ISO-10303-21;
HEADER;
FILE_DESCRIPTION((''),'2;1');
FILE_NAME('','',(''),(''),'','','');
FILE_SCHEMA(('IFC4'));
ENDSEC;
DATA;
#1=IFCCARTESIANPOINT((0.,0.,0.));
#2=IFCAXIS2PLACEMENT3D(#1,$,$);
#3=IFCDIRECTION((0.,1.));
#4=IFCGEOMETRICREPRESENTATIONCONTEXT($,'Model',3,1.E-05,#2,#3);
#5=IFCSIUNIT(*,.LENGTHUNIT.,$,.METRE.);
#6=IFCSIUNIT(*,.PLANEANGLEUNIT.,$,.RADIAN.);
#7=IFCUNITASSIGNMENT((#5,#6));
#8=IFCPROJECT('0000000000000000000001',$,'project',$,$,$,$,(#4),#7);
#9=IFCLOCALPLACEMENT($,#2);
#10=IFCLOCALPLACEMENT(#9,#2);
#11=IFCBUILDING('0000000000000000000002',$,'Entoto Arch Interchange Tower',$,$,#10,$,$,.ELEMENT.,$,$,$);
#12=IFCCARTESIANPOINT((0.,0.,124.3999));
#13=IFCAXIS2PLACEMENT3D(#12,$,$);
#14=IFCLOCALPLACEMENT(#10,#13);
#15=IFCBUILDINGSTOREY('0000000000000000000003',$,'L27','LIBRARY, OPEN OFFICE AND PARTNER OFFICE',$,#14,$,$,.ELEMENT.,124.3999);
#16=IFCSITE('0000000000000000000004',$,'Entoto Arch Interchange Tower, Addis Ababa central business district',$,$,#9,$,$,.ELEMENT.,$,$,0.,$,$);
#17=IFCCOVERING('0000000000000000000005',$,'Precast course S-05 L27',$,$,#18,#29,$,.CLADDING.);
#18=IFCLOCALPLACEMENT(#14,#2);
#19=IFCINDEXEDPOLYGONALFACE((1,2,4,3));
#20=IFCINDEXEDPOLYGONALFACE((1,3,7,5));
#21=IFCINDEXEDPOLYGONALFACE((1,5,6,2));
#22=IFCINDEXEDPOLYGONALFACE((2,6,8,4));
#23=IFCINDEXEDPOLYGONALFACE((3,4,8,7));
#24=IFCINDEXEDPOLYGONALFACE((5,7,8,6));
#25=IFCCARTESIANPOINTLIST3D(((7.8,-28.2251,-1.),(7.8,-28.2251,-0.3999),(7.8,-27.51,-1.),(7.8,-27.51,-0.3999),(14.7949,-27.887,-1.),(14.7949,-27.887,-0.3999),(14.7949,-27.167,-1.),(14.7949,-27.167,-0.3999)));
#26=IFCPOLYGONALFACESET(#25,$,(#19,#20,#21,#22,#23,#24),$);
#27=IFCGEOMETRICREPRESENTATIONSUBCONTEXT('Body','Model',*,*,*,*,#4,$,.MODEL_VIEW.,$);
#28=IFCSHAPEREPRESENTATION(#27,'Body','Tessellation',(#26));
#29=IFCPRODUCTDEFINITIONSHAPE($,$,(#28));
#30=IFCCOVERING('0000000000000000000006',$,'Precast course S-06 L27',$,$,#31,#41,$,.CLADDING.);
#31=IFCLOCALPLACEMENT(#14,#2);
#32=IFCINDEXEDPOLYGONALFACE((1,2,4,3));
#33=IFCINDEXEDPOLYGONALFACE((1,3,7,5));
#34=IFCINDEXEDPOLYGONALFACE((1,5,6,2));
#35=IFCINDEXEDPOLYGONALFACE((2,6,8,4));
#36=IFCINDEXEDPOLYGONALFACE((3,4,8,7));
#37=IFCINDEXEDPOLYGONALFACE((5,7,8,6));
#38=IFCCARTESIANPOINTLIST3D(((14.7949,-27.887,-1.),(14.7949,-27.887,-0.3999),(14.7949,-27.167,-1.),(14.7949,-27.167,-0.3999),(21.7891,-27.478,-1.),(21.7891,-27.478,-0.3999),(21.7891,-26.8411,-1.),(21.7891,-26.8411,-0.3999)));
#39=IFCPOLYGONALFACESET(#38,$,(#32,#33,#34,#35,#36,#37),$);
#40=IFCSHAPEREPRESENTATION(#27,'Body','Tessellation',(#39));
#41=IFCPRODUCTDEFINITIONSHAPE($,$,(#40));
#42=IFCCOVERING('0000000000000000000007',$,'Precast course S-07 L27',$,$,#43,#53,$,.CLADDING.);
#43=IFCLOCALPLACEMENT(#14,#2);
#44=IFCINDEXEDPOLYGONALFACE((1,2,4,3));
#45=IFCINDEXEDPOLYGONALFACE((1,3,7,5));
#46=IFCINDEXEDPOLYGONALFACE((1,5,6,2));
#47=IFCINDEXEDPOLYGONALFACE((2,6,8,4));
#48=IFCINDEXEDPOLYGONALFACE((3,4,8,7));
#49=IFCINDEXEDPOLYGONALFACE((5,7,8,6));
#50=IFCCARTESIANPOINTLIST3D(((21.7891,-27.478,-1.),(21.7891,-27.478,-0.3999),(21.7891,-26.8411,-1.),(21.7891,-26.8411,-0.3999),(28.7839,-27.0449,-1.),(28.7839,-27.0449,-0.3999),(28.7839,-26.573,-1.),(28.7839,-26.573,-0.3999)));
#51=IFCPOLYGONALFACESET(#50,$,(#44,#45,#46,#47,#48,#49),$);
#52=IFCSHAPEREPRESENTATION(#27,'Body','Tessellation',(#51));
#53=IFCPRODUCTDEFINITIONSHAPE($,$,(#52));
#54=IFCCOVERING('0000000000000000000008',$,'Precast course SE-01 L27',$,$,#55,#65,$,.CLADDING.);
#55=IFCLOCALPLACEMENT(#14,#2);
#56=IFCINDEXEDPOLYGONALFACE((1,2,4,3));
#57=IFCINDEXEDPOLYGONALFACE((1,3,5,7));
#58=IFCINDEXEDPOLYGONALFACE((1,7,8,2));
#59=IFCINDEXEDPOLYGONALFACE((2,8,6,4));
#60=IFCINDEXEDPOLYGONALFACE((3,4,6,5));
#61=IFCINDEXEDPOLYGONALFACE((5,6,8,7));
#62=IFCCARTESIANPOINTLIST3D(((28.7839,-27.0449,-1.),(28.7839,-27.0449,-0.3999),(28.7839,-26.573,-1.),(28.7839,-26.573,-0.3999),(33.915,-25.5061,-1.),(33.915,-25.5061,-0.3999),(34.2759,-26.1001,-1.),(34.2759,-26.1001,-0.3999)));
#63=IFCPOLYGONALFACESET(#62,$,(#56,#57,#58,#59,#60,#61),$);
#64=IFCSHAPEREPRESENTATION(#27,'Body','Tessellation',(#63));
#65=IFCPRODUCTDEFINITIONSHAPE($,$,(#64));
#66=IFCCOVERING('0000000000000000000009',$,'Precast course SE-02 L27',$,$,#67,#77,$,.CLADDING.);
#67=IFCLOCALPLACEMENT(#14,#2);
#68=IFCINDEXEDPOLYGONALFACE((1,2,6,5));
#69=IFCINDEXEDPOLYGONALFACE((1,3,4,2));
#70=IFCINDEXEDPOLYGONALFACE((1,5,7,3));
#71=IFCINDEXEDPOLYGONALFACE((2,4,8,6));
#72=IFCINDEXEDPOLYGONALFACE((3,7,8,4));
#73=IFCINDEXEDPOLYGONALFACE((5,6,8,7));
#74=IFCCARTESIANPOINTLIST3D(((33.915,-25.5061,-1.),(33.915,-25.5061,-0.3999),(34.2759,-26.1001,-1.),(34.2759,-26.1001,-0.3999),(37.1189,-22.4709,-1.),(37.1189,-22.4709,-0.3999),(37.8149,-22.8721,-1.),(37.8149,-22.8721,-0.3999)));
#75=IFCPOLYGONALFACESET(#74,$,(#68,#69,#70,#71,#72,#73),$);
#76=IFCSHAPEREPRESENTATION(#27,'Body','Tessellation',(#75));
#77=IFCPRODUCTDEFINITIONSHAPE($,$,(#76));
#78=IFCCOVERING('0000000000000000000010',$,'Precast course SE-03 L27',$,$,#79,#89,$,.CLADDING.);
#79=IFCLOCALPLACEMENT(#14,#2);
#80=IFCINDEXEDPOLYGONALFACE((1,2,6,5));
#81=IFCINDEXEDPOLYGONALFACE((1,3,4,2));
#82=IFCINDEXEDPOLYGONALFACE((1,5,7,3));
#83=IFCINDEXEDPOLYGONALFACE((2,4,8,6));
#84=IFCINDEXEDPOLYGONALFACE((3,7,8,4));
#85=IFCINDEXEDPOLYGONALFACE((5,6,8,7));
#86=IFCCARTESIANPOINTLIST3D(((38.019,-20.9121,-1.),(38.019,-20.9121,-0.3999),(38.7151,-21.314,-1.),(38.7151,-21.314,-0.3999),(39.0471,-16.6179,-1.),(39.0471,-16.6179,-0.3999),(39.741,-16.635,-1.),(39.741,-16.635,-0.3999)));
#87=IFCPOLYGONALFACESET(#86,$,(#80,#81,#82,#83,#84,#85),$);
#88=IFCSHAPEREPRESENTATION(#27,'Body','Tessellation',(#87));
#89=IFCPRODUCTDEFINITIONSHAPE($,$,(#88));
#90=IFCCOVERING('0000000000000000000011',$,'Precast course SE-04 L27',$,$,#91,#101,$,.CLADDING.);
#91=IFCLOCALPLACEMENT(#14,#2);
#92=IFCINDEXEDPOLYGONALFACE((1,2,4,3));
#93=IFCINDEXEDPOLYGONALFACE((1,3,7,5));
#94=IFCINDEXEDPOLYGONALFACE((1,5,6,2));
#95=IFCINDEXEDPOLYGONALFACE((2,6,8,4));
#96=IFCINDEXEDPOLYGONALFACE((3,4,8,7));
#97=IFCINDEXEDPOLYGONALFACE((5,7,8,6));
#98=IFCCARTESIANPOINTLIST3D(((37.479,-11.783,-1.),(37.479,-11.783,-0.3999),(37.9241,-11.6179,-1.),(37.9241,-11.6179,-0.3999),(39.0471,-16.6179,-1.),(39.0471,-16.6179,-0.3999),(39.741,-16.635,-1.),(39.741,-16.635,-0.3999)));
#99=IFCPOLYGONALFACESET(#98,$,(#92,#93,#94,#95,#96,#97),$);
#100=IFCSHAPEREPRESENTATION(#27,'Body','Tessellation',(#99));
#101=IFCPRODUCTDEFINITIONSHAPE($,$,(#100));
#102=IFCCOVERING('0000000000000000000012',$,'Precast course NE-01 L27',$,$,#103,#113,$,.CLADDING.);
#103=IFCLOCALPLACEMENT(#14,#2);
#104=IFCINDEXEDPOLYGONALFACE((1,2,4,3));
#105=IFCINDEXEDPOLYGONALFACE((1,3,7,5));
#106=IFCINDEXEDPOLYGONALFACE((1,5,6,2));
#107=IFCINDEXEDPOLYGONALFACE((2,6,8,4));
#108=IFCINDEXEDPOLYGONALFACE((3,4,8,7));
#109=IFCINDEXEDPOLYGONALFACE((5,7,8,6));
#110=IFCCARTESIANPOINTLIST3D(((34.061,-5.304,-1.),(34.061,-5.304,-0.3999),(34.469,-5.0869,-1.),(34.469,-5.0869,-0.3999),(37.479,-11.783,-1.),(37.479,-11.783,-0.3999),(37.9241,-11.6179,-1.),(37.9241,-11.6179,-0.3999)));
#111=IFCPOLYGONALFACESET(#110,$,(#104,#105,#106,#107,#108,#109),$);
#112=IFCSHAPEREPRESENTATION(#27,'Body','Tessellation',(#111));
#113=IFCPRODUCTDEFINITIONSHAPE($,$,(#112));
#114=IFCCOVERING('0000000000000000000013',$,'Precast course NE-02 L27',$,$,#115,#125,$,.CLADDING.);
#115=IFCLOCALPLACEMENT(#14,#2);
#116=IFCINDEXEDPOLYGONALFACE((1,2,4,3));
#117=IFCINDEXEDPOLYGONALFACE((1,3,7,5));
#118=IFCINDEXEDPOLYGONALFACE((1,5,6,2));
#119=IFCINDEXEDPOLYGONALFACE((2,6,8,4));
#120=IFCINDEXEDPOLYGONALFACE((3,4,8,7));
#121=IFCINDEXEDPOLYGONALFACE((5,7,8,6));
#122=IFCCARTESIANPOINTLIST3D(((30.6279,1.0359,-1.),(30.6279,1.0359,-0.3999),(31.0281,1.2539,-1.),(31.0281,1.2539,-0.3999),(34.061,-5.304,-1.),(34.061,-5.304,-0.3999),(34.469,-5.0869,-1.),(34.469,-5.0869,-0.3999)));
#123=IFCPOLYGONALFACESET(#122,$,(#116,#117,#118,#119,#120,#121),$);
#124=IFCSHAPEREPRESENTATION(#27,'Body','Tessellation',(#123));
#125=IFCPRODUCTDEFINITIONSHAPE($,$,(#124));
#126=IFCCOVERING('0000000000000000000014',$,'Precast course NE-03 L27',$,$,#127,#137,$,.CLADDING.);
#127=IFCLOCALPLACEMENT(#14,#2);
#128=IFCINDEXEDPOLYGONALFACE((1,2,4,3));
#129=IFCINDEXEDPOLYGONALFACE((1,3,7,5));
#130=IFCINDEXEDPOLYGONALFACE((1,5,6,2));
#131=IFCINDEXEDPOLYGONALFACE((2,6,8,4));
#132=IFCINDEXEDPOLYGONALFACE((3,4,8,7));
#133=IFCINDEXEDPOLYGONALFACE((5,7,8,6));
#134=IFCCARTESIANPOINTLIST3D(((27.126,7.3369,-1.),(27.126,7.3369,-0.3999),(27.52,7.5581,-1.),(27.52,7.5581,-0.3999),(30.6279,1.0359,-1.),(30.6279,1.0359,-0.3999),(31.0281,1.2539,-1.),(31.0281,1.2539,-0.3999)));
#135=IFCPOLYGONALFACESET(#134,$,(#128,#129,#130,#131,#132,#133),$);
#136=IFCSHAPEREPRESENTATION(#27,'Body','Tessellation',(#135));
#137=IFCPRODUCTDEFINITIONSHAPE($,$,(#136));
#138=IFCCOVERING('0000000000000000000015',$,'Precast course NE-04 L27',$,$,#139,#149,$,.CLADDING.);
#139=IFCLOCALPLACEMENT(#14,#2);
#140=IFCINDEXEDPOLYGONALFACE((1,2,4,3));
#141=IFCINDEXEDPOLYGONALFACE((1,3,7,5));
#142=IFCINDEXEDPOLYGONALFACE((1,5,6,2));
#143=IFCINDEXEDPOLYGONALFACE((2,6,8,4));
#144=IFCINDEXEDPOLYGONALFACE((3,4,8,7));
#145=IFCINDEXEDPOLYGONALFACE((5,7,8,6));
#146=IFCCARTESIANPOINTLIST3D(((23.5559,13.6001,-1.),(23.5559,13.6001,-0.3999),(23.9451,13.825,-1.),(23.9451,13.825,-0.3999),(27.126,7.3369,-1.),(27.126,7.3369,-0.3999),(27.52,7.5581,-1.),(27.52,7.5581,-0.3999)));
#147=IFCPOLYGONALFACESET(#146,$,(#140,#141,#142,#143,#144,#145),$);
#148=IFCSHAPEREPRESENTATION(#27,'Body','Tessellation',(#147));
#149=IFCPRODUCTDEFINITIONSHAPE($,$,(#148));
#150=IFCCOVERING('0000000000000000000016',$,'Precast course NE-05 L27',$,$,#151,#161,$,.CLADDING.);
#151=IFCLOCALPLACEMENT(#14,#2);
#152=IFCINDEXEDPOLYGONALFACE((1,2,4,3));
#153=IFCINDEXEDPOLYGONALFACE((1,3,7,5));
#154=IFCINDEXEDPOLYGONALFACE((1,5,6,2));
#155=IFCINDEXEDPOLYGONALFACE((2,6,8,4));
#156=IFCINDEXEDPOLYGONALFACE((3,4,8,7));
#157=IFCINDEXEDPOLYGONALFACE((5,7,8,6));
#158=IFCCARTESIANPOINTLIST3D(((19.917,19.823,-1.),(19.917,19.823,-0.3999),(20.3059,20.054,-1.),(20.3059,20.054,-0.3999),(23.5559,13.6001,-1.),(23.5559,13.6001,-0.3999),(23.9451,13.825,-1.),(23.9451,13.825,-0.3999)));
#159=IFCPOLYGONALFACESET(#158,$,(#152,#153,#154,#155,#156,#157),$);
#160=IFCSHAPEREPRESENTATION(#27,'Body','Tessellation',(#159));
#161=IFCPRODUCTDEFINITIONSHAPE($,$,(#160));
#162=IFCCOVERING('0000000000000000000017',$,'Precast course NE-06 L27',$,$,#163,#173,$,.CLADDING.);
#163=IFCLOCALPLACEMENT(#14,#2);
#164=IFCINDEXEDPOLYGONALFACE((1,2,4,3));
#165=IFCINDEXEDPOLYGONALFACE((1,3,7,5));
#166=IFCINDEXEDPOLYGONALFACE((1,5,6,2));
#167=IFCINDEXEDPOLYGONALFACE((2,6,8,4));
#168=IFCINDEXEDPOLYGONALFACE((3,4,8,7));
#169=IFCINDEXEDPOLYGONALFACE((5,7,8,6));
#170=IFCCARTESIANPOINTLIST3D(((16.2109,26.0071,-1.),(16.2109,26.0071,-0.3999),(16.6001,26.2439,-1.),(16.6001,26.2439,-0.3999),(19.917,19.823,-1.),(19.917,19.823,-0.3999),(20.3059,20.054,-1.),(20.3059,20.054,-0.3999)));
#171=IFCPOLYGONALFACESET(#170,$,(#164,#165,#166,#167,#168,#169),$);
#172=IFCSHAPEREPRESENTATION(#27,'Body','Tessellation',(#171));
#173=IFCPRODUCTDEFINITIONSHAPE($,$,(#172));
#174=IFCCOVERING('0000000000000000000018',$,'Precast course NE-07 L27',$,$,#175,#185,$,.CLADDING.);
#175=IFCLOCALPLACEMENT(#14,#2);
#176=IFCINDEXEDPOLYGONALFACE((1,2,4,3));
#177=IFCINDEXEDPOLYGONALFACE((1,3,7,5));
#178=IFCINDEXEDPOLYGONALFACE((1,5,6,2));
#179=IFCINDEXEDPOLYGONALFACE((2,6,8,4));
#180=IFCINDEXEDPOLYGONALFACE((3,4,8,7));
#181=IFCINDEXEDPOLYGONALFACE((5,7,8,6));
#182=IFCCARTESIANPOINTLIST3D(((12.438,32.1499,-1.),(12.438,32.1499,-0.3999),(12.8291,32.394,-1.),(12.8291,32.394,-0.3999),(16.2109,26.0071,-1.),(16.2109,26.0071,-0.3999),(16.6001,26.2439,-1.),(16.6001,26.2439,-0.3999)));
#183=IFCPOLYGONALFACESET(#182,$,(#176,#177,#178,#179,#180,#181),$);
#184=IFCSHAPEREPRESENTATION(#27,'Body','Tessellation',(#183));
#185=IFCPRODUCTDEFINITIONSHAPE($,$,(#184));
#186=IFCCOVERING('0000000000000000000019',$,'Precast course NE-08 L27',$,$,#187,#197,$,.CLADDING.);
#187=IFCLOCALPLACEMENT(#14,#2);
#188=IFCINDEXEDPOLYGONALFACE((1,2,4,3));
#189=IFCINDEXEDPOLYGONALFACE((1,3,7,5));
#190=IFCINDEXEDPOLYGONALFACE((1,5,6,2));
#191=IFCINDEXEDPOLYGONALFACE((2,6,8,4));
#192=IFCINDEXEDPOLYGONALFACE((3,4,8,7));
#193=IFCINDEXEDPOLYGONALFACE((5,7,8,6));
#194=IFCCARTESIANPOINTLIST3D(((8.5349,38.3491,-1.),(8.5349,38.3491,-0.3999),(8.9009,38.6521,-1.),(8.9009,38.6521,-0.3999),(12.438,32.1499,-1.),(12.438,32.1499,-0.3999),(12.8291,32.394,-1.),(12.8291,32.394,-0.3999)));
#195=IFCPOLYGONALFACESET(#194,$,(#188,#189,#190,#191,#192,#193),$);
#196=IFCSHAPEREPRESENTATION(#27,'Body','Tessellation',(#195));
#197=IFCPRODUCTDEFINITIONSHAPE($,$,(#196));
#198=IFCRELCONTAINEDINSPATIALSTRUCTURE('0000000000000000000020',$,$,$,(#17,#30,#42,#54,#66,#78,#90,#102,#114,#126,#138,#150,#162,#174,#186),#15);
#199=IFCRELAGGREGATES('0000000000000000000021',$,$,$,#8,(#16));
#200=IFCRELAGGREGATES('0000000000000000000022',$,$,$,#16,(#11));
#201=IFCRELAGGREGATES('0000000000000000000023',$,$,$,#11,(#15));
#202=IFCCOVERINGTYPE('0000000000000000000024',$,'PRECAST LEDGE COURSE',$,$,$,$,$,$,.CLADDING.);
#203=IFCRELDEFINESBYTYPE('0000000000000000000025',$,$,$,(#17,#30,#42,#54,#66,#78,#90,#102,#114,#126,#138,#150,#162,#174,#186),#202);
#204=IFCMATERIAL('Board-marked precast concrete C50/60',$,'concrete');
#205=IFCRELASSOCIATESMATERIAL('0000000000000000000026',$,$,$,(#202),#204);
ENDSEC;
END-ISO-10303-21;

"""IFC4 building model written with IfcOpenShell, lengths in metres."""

from ifc_helpers import new_model, si_unit, direction, frame, origin, place, context, subcontext, project, spatial, polyline, outline, extrude, material, type_object, element, save


model = new_model("IFC4")

# Units and contexts
model_context = context("Model", 3, precision=1e-05, world=origin(), true_north=direction((0.0, 1.0)))
body_context = subcontext(model_context, "Body", "Model", "MODEL_VIEW")
ifc_project = project(units=[si_unit("LENGTHUNIT", "METRE"), si_unit("PLANEANGLEUNIT", "RADIAN")], contexts=[model_context])

# Site, building, storey
site_placement = place(None, origin())
site = spatial("IfcSite", under=ifc_project, at=site_placement, Name="Entoto Arch Interchange Tower, Addis Ababa central business district", CompositionType="ELEMENT", RefElevation=0.0)
building_placement = place(site_placement, origin())
building = spatial("IfcBuilding", under=site, at=building_placement, Name="Entoto Arch Interchange Tower", CompositionType="ELEMENT")
storey_placement = place(building_placement, frame((0.0, 0.0, 124.3999)))
storey = spatial("IfcBuildingStorey", under=building, at=storey_placement, Name="L27", Description="LIBRARY, OPEN OFFICE AND PARTNER OFFICE", CompositionType="ELEMENT", Elevation=124.3999)

# Coverings
ifc_material_1 = material(Name="Board-marked precast concrete C50/60", Category="concrete")
covering_type = type_object("IfcCoveringType", Name="PRECAST LEDGE COURSE", PredefinedType="CLADDING", material=ifc_material_1)
covering_1_placement = place(storey_placement, frame((0.0, 0.0, -1.0)))
element("IfcCovering", 1, at=covering_1_placement, inside=storey, type_object=covering_type, Name="Precast course S-05 L27", PredefinedType="CLADDING", context=body_context, shape_type="SweptSolid", body=[
    extrude(outline(polyline([(14.7949, -27.167), (14.7949, -27.887), (7.8, -28.2251), (7.8, -27.51), (14.7949, -27.167)])), origin(), (0.0, 0.0, 1.0), 0.6001),
])
covering_2_placement = place(storey_placement, frame((0.0, 0.0, -1.0)))
element("IfcCovering", 2, at=covering_2_placement, inside=storey, type_object=covering_type, Name="Precast course S-06 L27", PredefinedType="CLADDING", context=body_context, shape_type="SweptSolid", body=[
    extrude(outline(polyline([(21.7891, -26.8411), (21.7891, -27.478), (14.7949, -27.887), (14.7949, -27.167), (21.7891, -26.8411)])), origin(), (0.0, 0.0, 1.0), 0.6001),
])
covering_3_placement = place(storey_placement, frame((0.0, 0.0, -1.0)))
element("IfcCovering", 3, at=covering_3_placement, inside=storey, type_object=covering_type, Name="Precast course S-07 L27", PredefinedType="CLADDING", context=body_context, shape_type="SweptSolid", body=[
    extrude(outline(polyline([(28.7839, -26.573), (28.7839, -27.0449), (21.7891, -27.478), (21.7891, -26.8411), (28.7839, -26.573)])), origin(), (0.0, 0.0, 1.0), 0.6001),
])
covering_4_placement = place(storey_placement, frame((0.0, 0.0, -1.0)))
element("IfcCovering", 4, at=covering_4_placement, inside=storey, type_object=covering_type, Name="Precast course SE-01 L27", PredefinedType="CLADDING", context=body_context, shape_type="SweptSolid", body=[
    extrude(outline(polyline([(33.915, -25.5061), (34.2759, -26.1001), (28.7839, -27.0449), (28.7839, -26.573), (33.915, -25.5061)])), origin(), (0.0, 0.0, 1.0), 0.6001),
])
covering_5_placement = place(storey_placement, frame((0.0, 0.0, -1.0)))
element("IfcCovering", 5, at=covering_5_placement, inside=storey, type_object=covering_type, Name="Precast course SE-02 L27", PredefinedType="CLADDING", context=body_context, shape_type="SweptSolid", body=[
    extrude(outline(polyline([(37.1189, -22.4709), (37.8149, -22.8721), (34.2759, -26.1001), (33.915, -25.5061), (37.1189, -22.4709)])), origin(), (0.0, 0.0, 1.0), 0.6001),
])
covering_6_placement = place(storey_placement, frame((0.0, 0.0, -1.0)))
element("IfcCovering", 6, at=covering_6_placement, inside=storey, type_object=covering_type, Name="Precast course SE-03 L27", PredefinedType="CLADDING", context=body_context, shape_type="SweptSolid", body=[
    extrude(outline(polyline([(39.0471, -16.6179), (39.741, -16.635), (38.7151, -21.314), (38.019, -20.9121), (39.0471, -16.6179)])), origin(), (0.0, 0.0, 1.0), 0.6001),
])
covering_7_placement = place(storey_placement, frame((0.0, 0.0, -1.0)))
element("IfcCovering", 7, at=covering_7_placement, inside=storey, type_object=covering_type, Name="Precast course SE-04 L27", PredefinedType="CLADDING", context=body_context, shape_type="SweptSolid", body=[
    extrude(outline(polyline([(37.479, -11.783), (37.9241, -11.6179), (39.741, -16.635), (39.0471, -16.6179), (37.479, -11.783)])), origin(), (0.0, 0.0, 1.0), 0.6001),
])
covering_8_placement = place(storey_placement, frame((0.0, 0.0, -1.0)))
element("IfcCovering", 8, at=covering_8_placement, inside=storey, type_object=covering_type, Name="Precast course NE-01 L27", PredefinedType="CLADDING", context=body_context, shape_type="SweptSolid", body=[
    extrude(outline(polyline([(34.061, -5.304), (34.469, -5.0869), (37.9241, -11.6179), (37.479, -11.783), (34.061, -5.304)])), origin(), (0.0, 0.0, 1.0), 0.6001),
])
covering_9_placement = place(storey_placement, frame((0.0, 0.0, -1.0)))
element("IfcCovering", 9, at=covering_9_placement, inside=storey, type_object=covering_type, Name="Precast course NE-02 L27", PredefinedType="CLADDING", context=body_context, shape_type="SweptSolid", body=[
    extrude(outline(polyline([(30.6279, 1.0359), (31.0281, 1.2539), (34.469, -5.0869), (34.061, -5.304), (30.6279, 1.0359)])), origin(), (0.0, 0.0, 1.0), 0.6001),
])
covering_10_placement = place(storey_placement, frame((0.0, 0.0, -1.0)))
element("IfcCovering", 10, at=covering_10_placement, inside=storey, type_object=covering_type, Name="Precast course NE-03 L27", PredefinedType="CLADDING", context=body_context, shape_type="SweptSolid", body=[
    extrude(outline(polyline([(27.126, 7.3369), (27.52, 7.5581), (31.0281, 1.2539), (30.6279, 1.0359), (27.126, 7.3369)])), origin(), (0.0, 0.0, 1.0), 0.6001),
])
covering_11_placement = place(storey_placement, frame((0.0, 0.0, -1.0)))
element("IfcCovering", 11, at=covering_11_placement, inside=storey, type_object=covering_type, Name="Precast course NE-04 L27", PredefinedType="CLADDING", context=body_context, shape_type="SweptSolid", body=[
    extrude(outline(polyline([(23.5559, 13.6001), (23.9451, 13.825), (27.52, 7.5581), (27.126, 7.3369), (23.5559, 13.6001)])), origin(), (0.0, 0.0, 1.0), 0.6001),
])
covering_12_placement = place(storey_placement, frame((0.0, 0.0, -1.0)))
element("IfcCovering", 12, at=covering_12_placement, inside=storey, type_object=covering_type, Name="Precast course NE-05 L27", PredefinedType="CLADDING", context=body_context, shape_type="SweptSolid", body=[
    extrude(outline(polyline([(19.917, 19.823), (20.3059, 20.054), (23.9451, 13.825), (23.5559, 13.6001), (19.917, 19.823)])), origin(), (0.0, 0.0, 1.0), 0.6001),
])
covering_13_placement = place(storey_placement, frame((0.0, 0.0, -1.0)))
element("IfcCovering", 13, at=covering_13_placement, inside=storey, type_object=covering_type, Name="Precast course NE-06 L27", PredefinedType="CLADDING", context=body_context, shape_type="SweptSolid", body=[
    extrude(outline(polyline([(16.2109, 26.0071), (16.6001, 26.2439), (20.3059, 20.054), (19.917, 19.823), (16.2109, 26.0071)])), origin(), (0.0, 0.0, 1.0), 0.6001),
])
covering_14_placement = place(storey_placement, frame((0.0, 0.0, -1.0)))
element("IfcCovering", 14, at=covering_14_placement, inside=storey, type_object=covering_type, Name="Precast course NE-07 L27", PredefinedType="CLADDING", context=body_context, shape_type="SweptSolid", body=[
    extrude(outline(polyline([(12.438, 32.1499), (12.8291, 32.394), (16.6001, 26.2439), (16.2109, 26.0071), (12.438, 32.1499)])), origin(), (0.0, 0.0, 1.0), 0.6001),
])
covering_15_placement = place(storey_placement, frame((0.0, 0.0, -1.0)))
element("IfcCovering", 15, at=covering_15_placement, inside=storey, type_object=covering_type, Name="Precast course NE-08 L27", PredefinedType="CLADDING", context=body_context, shape_type="SweptSolid", body=[
    extrude(outline(polyline([(8.5349, 38.3491), (8.9009, 38.6521), (12.8291, 32.394), (12.438, 32.1499), (8.5349, 38.3491)])), origin(), (0.0, 0.0, 1.0), 0.6001),
])

save(model, "model.ifc")
